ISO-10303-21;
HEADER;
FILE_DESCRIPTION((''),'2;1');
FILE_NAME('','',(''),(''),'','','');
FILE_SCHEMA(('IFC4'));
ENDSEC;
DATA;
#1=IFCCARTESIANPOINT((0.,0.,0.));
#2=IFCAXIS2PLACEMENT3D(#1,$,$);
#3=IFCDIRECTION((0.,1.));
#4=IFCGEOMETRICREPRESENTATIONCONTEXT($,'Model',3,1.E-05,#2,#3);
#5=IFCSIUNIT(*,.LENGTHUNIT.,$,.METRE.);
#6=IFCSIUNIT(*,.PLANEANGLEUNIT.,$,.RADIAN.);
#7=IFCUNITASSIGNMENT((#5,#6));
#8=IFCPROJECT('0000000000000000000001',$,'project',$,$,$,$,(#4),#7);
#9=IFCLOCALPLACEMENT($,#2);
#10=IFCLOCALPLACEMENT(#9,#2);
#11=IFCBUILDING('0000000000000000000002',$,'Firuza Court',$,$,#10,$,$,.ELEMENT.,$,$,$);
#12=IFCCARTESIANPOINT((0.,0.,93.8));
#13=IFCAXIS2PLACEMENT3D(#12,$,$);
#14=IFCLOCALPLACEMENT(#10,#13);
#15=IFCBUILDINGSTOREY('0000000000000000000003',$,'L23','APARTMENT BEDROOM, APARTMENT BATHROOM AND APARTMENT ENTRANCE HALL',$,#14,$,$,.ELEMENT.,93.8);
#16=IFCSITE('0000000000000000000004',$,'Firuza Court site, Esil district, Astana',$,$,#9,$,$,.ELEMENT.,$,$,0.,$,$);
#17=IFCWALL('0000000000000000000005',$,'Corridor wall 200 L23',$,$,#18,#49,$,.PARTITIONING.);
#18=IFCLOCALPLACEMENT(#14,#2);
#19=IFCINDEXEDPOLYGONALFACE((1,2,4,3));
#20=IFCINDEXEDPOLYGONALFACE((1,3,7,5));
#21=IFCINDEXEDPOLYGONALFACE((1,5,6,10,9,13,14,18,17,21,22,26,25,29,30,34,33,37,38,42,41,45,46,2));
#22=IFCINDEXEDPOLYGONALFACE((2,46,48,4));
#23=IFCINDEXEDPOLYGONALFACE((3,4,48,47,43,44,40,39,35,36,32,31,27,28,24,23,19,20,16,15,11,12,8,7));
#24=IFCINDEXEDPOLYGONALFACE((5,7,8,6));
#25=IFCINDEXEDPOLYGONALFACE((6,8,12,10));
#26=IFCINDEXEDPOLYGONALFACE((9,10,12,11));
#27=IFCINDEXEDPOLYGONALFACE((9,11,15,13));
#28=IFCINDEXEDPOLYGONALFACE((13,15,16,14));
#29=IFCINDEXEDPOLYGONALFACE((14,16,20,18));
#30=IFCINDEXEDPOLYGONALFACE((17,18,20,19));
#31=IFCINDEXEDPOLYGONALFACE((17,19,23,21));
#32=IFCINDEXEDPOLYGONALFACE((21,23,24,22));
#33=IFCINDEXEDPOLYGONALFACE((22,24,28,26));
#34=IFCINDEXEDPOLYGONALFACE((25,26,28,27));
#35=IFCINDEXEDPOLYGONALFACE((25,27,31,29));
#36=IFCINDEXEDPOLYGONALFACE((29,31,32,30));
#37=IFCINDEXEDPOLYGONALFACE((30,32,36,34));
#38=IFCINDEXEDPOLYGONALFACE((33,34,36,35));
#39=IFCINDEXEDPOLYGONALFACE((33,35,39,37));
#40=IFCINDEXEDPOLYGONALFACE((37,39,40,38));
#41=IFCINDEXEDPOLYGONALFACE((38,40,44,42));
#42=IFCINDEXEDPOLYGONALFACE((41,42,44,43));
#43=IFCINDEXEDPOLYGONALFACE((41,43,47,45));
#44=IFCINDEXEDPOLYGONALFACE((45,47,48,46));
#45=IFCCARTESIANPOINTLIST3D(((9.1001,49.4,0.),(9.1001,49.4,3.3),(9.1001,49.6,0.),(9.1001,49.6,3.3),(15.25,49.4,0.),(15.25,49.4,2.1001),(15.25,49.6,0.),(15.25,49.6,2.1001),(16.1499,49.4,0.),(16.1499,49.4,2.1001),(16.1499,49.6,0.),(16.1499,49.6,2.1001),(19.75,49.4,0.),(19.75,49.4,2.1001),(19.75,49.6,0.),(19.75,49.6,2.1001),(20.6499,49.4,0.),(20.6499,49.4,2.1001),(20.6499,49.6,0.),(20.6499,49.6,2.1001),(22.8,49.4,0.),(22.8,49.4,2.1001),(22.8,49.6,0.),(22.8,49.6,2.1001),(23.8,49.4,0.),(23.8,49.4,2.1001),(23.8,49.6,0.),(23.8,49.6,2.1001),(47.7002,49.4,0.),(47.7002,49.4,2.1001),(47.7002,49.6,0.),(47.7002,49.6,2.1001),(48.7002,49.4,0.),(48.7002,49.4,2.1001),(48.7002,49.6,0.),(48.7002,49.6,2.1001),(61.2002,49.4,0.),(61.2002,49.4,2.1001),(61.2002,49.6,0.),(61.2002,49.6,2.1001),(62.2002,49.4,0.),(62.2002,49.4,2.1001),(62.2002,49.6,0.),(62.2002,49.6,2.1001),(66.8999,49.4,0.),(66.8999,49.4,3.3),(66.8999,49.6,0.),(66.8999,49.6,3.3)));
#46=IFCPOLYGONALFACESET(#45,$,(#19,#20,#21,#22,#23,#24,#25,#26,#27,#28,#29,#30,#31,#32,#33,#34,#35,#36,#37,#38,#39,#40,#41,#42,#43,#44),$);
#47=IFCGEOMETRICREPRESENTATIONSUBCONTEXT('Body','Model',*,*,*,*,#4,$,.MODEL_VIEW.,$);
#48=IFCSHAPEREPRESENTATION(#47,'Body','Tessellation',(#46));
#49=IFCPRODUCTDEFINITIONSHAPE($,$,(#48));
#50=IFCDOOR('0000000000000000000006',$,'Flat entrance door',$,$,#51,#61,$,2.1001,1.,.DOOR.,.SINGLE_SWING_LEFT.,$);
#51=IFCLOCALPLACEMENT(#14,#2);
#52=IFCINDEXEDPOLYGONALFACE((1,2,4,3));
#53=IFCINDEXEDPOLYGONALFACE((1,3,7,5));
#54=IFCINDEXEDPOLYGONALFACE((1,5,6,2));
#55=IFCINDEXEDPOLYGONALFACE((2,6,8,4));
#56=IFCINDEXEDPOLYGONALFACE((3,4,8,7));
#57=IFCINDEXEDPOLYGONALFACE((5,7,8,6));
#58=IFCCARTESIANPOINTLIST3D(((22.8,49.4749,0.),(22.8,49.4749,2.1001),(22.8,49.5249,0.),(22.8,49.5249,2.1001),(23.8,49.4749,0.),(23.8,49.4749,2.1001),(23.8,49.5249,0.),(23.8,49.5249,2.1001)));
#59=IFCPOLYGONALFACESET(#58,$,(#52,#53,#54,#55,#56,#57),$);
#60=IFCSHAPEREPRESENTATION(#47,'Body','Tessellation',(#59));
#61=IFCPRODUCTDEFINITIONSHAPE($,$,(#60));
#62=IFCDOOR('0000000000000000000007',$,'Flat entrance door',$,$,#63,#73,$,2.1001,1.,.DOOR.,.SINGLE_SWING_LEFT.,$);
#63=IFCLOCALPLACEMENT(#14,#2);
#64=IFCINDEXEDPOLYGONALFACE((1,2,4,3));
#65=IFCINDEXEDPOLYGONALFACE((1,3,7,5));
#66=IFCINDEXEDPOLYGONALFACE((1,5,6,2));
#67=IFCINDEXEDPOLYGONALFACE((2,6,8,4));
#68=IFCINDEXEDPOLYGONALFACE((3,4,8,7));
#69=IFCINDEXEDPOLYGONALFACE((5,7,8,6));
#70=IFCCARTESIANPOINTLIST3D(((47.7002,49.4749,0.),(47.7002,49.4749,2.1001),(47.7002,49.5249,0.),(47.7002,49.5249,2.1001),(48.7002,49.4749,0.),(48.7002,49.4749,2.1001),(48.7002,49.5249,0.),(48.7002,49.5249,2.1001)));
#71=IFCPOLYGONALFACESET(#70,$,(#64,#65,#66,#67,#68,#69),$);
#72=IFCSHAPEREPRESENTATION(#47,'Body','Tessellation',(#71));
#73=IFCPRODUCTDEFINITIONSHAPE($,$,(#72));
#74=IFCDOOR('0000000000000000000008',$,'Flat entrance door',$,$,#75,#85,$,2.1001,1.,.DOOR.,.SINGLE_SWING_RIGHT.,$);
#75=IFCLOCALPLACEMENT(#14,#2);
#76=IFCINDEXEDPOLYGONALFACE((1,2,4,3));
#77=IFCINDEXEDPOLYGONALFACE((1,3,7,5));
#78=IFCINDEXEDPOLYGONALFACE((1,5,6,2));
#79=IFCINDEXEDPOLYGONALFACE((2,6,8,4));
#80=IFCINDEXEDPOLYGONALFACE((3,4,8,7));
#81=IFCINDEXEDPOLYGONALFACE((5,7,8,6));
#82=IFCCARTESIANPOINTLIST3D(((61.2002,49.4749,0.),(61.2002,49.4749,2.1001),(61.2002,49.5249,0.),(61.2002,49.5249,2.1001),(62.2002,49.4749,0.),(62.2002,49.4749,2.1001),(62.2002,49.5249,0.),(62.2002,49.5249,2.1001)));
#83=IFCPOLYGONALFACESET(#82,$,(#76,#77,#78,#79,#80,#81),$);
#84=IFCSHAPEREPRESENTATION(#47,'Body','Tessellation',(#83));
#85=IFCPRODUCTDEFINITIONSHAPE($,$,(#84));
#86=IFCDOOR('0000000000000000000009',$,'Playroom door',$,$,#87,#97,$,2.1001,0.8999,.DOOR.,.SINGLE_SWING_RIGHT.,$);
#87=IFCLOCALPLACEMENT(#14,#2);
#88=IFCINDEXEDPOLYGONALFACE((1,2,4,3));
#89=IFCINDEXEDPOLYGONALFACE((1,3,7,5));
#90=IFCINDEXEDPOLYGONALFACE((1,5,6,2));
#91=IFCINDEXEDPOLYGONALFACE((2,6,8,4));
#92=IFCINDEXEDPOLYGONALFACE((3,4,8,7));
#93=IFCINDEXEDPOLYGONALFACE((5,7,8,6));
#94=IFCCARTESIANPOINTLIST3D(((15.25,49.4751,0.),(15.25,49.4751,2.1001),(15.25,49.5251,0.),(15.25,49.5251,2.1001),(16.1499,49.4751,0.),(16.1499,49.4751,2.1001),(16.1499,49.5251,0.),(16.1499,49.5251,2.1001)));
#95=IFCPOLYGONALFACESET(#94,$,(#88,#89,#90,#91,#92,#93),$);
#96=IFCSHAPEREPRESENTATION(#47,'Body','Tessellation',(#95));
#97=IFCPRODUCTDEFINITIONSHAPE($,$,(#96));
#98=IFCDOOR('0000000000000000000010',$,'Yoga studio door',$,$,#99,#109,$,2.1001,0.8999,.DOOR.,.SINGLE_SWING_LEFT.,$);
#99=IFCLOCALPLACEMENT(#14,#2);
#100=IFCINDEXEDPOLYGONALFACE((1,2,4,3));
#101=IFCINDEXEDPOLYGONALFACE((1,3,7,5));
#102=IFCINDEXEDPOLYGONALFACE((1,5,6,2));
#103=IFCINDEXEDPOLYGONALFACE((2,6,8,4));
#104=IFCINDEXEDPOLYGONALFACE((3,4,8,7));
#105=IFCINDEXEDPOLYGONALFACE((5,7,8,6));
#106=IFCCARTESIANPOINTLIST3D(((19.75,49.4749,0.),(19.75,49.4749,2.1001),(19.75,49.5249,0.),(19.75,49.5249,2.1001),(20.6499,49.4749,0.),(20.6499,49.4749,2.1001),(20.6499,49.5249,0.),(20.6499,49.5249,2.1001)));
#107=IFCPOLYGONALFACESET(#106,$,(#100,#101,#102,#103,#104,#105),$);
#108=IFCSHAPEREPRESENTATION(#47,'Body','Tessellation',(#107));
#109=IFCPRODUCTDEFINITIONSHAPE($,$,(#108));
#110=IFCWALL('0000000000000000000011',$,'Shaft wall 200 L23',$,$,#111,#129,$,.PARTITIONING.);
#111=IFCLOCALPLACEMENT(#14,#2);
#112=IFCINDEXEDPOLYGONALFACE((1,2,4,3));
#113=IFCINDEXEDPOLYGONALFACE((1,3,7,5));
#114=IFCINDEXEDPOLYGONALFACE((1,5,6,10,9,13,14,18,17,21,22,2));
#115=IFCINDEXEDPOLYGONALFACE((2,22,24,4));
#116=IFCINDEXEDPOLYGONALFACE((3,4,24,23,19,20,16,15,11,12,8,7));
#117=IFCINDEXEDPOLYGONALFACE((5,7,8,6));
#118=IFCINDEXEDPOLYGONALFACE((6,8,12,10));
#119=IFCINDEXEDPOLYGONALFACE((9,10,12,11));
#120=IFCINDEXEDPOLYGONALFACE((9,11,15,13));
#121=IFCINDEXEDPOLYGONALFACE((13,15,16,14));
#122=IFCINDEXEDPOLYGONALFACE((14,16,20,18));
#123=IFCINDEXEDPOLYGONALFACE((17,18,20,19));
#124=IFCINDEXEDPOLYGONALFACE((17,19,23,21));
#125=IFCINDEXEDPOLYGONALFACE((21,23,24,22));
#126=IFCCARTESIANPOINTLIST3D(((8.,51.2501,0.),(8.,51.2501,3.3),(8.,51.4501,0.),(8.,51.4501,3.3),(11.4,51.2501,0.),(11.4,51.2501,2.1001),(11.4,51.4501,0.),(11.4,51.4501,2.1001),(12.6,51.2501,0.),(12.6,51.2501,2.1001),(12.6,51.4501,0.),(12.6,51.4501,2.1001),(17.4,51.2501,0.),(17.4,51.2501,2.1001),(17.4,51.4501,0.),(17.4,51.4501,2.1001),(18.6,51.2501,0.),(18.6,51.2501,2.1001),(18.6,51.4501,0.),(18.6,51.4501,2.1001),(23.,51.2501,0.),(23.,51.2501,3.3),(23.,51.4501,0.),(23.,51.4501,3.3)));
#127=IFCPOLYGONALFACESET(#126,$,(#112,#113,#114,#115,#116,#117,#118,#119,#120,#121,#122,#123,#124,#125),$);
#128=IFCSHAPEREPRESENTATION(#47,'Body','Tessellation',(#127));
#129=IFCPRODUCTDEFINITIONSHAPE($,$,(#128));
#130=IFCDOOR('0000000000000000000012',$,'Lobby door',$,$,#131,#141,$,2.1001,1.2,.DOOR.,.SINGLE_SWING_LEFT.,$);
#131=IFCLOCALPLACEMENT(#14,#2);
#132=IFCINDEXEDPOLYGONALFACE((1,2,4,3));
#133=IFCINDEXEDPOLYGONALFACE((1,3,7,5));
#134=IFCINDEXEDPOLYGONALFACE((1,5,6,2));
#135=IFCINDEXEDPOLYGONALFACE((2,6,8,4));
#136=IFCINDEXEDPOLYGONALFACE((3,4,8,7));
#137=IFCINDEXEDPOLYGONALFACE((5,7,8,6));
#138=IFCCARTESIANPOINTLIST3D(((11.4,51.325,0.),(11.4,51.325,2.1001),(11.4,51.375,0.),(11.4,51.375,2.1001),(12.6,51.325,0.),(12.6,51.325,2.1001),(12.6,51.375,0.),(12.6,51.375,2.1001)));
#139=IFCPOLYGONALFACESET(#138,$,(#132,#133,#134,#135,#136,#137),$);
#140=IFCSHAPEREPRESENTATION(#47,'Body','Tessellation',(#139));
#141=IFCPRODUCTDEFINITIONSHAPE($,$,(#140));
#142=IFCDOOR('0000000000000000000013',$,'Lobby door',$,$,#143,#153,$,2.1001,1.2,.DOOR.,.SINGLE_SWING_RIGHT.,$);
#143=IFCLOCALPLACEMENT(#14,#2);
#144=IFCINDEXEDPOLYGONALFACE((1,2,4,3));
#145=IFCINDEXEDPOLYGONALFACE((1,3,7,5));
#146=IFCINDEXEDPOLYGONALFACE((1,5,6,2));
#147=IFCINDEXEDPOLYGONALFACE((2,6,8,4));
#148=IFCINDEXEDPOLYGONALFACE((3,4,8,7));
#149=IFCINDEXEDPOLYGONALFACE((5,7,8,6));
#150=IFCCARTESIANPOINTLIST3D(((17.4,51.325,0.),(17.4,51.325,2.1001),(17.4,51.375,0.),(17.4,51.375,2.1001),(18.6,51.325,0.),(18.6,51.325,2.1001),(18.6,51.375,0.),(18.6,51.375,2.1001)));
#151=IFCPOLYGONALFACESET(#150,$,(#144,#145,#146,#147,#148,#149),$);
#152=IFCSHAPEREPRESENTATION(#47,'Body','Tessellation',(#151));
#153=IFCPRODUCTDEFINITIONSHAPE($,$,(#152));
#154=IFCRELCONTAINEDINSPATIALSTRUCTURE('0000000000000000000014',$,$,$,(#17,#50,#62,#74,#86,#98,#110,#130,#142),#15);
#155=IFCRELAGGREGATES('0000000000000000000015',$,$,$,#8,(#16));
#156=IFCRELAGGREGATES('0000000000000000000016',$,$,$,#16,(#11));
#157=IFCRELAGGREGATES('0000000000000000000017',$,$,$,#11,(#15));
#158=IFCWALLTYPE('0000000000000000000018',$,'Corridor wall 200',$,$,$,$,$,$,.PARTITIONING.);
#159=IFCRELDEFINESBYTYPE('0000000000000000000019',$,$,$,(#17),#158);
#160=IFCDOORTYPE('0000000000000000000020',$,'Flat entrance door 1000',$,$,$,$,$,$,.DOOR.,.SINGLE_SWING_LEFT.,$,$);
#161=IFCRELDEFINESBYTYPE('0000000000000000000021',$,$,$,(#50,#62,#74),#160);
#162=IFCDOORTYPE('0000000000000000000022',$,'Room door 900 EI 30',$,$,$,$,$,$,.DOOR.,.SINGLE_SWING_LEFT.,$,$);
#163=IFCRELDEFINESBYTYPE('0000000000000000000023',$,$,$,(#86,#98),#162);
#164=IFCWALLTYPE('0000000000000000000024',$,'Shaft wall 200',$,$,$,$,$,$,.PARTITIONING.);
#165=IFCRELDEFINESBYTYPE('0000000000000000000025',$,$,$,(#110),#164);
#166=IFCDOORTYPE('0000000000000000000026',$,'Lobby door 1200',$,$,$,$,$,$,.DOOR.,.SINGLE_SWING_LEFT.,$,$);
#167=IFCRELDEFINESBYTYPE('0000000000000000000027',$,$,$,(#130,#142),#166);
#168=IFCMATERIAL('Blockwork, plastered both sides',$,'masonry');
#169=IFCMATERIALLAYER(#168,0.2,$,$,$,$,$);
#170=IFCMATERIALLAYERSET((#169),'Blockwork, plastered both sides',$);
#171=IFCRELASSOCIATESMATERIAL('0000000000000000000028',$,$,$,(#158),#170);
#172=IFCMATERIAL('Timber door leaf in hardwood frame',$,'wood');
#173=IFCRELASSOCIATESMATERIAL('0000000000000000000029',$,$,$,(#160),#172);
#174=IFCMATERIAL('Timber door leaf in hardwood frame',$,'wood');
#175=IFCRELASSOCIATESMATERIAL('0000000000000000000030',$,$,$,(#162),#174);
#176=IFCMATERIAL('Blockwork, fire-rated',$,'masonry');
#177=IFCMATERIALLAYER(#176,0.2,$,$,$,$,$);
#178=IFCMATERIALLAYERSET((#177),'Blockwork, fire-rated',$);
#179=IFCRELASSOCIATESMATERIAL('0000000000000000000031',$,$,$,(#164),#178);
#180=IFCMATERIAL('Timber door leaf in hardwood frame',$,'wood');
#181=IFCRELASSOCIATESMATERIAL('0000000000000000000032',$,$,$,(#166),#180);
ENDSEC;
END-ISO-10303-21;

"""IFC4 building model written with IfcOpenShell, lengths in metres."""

from ifc_helpers import new_model, si_unit, direction, frame, frame_2d, origin, place, context, subcontext, project, spatial, rectangle, extrude, material, layer, layer_set, type_object, element, fill, save


model = new_model("IFC4")

# Units and contexts
model_context = context("Model", 3, precision=1e-05, world=origin(), true_north=direction((0.0, 1.0)))
body_context = subcontext(model_context, "Body", "Model", "MODEL_VIEW")
ifc_project = project(units=[si_unit("LENGTHUNIT", "METRE"), si_unit("PLANEANGLEUNIT", "RADIAN")], contexts=[model_context])

# Site, building, storey
site_placement = place(None, origin())
site = spatial("IfcSite", under=ifc_project, at=site_placement, Name="Firuza Court site, Esil district, Astana", CompositionType="ELEMENT", RefElevation=0.0)
building_placement = place(site_placement, origin())
building = spatial("IfcBuilding", under=site, at=building_placement, Name="Firuza Court", CompositionType="ELEMENT")
storey_placement = place(building_placement, frame((0.0, 0.0, 93.8)))
storey = spatial("IfcBuildingStorey", under=building, at=storey_placement, Name="L23", Description="APARTMENT BEDROOM, APARTMENT BATHROOM AND APARTMENT ENTRANCE HALL", CompositionType="ELEMENT", Elevation=93.8)

# Walls, openings, doors
ifc_material_1 = material(Name="Blockwork, plastered both sides", Category="masonry")
ifc_layer_1 = layer(ifc_material_1, 0.2)
ifc_layer_set_1 = layer_set([ifc_layer_1], Name="Blockwork, plastered both sides")
wall_type_1 = type_object("IfcWallType", Name="Corridor wall 200", PredefinedType="PARTITIONING", material=ifc_layer_set_1)
wall_1_placement = place(storey_placement, frame((9.1001, 49.5, 0.0), z_axis=(0.0, 0.0, 1.0), x_axis=(1.0, 0.0, 0.0)))
wall_1 = element("IfcWall", 1, at=wall_1_placement, inside=storey, type_object=wall_type_1, Name="Corridor wall 200 L23", PredefinedType="PARTITIONING", context=body_context, shape_type="SweptSolid", body=[
    extrude(rectangle(XDim=57.7998, YDim=0.2, at=frame_2d((28.8999, 0.0))), origin(), (0.0, 0.0, 1.0), 3.3),
])
opening_1_placement = place(wall_1_placement, frame((13.7, 0.0, 0.0)))
opening_1 = element("IfcOpeningElement", 2, at=opening_1_placement, cuts=wall_1, PredefinedType="OPENING", context=body_context, shape_type="SweptSolid", body=[
    extrude(rectangle(XDim=1.0, YDim=2.1001, at=frame_2d((0.5, 1.05))), frame((0.0, 0.1118, 0.0), z_axis=(0.0, -1.0, 0.0), x_axis=(1.0, 0.0, 0.0)), (0.0, 0.0, 1.0), 0.2239),
])
opening_2_placement = place(wall_1_placement, frame((38.6001, 0.0, 0.0)))
opening_2 = element("IfcOpeningElement", 3, at=opening_2_placement, cuts=wall_1, PredefinedType="OPENING", context=body_context, shape_type="SweptSolid", body=[
    extrude(rectangle(XDim=1.0, YDim=2.1001, at=frame_2d((0.5, 1.05))), frame((0.0, 0.1118, 0.0), z_axis=(0.0, -1.0, 0.0), x_axis=(1.0, 0.0, 0.0)), (0.0, 0.0, 1.0), 0.2239),
])
opening_3_placement = place(wall_1_placement, frame((52.1001, 0.0, 0.0)))
opening_3 = element("IfcOpeningElement", 4, at=opening_3_placement, cuts=wall_1, PredefinedType="OPENING", context=body_context, shape_type="SweptSolid", body=[
    extrude(rectangle(XDim=1.0, YDim=2.1001, at=frame_2d((0.5, 1.05))), frame((0.0, 0.1118, 0.0), z_axis=(0.0, -1.0, 0.0), x_axis=(1.0, 0.0, 0.0)), (0.0, 0.0, 1.0), 0.2239),
])
opening_4_placement = place(wall_1_placement, frame((6.1499, 0.0, 0.0)))
opening_4 = element("IfcOpeningElement", 5, at=opening_4_placement, cuts=wall_1, PredefinedType="OPENING", context=body_context, shape_type="SweptSolid", body=[
    extrude(rectangle(XDim=0.8999, YDim=2.1001, at=frame_2d((0.45, 1.05))), frame((0.0, 0.1118, 0.0), z_axis=(0.0, -1.0, 0.0), x_axis=(1.0, 0.0, 0.0)), (0.0, 0.0, 1.0), 0.2239),
])
opening_5_placement = place(wall_1_placement, frame((10.6499, 0.0, 0.0)))
opening_5 = element("IfcOpeningElement", 6, at=opening_5_placement, cuts=wall_1, PredefinedType="OPENING", context=body_context, shape_type="SweptSolid", body=[
    extrude(rectangle(XDim=0.8999, YDim=2.1001, at=frame_2d((0.45, 1.05))), frame((0.0, 0.1118, 0.0), z_axis=(0.0, -1.0, 0.0), x_axis=(1.0, 0.0, 0.0)), (0.0, 0.0, 1.0), 0.2239),
])
ifc_material_2 = material(Name="Timber door leaf in hardwood frame", Category="wood")
door_type_1 = type_object("IfcDoorType", Name="Flat entrance door 1000", OperationType="SINGLE_SWING_LEFT", PredefinedType="DOOR", material=ifc_material_2)
door_1_placement = place(opening_1_placement, origin())
door_1 = element("IfcDoor", 7, at=door_1_placement, inside=storey, type_object=door_type_1, Name="Flat entrance door", OperationType="SINGLE_SWING_LEFT", OverallHeight=2.1001, OverallWidth=1.0, PredefinedType="DOOR", context=body_context, shape_type="SweptSolid", body=[
    extrude(rectangle(XDim=1.0, YDim=2.1001, at=frame_2d((0.5, 1.05))), frame((0.0, 0.0249, 0.0), z_axis=(0.0, -1.0, 0.0), x_axis=(1.0, 0.0, 0.0)), (0.0, 0.0, 1.0), 0.05),
])
fill(opening_1, door_1)
door_2_placement = place(opening_2_placement, origin())
door_2 = element("IfcDoor", 8, at=door_2_placement, inside=storey, type_object=door_type_1, Name="Flat entrance door", OperationType="SINGLE_SWING_LEFT", OverallHeight=2.1001, OverallWidth=1.0, PredefinedType="DOOR", context=body_context, shape_type="SweptSolid", body=[
    extrude(rectangle(XDim=1.0, YDim=2.1001, at=frame_2d((0.5, 1.05))), frame((0.0, 0.0249, 0.0), z_axis=(0.0, -1.0, 0.0), x_axis=(1.0, 0.0, 0.0)), (0.0, 0.0, 1.0), 0.05),
])
fill(opening_2, door_2)
door_3_placement = place(opening_3_placement, origin())
door_3 = element("IfcDoor", 9, at=door_3_placement, inside=storey, type_object=door_type_1, Name="Flat entrance door", OperationType="SINGLE_SWING_RIGHT", OverallHeight=2.1001, OverallWidth=1.0, PredefinedType="DOOR", context=body_context, shape_type="SweptSolid", body=[
    extrude(rectangle(XDim=1.0, YDim=2.1001, at=frame_2d((0.5, 1.05))), frame((0.0, 0.0249, 0.0), z_axis=(0.0, -1.0, 0.0), x_axis=(1.0, 0.0, 0.0)), (0.0, 0.0, 1.0), 0.05),
])
fill(opening_3, door_3)
ifc_material_3 = material(Name="Timber door leaf in hardwood frame", Category="wood")
door_type_2 = type_object("IfcDoorType", Name="Room door 900 EI 30", OperationType="SINGLE_SWING_LEFT", PredefinedType="DOOR", material=ifc_material_3)
door_4_placement = place(opening_4_placement, frame((0.8999, 0.0, 0.0), z_axis=(0.0, 0.0, 1.0), x_axis=(-1.0, 0.0, 0.0)))
door_4 = element("IfcDoor", 10, at=door_4_placement, inside=storey, type_object=door_type_2, Name="Playroom door", OperationType="SINGLE_SWING_RIGHT", OverallHeight=2.1001, OverallWidth=0.8999, PredefinedType="DOOR", context=body_context, shape_type="SweptSolid", body=[
    extrude(rectangle(XDim=0.8999, YDim=2.1001, at=frame_2d((0.45, 1.05))), frame((0.0, 0.0249, 0.0), z_axis=(0.0, -1.0, 0.0), x_axis=(1.0, 0.0, 0.0)), (0.0, 0.0, 1.0), 0.05),
])
fill(opening_4, door_4)
door_5_placement = place(opening_5_placement, origin())
door_5 = element("IfcDoor", 11, at=door_5_placement, inside=storey, type_object=door_type_2, Name="Yoga studio door", OperationType="SINGLE_SWING_LEFT", OverallHeight=2.1001, OverallWidth=0.8999, PredefinedType="DOOR", context=body_context, shape_type="SweptSolid", body=[
    extrude(rectangle(XDim=0.8999, YDim=2.1001, at=frame_2d((0.45, 1.05))), frame((0.0, 0.0249, 0.0), z_axis=(0.0, -1.0, 0.0), x_axis=(1.0, 0.0, 0.0)), (0.0, 0.0, 1.0), 0.05),
])
fill(opening_5, door_5)
ifc_material_4 = material(Name="Blockwork, fire-rated", Category="masonry")
ifc_layer_2 = layer(ifc_material_4, 0.2)
ifc_layer_set_2 = layer_set([ifc_layer_2], Name="Blockwork, fire-rated")
wall_type_2 = type_object("IfcWallType", Name="Shaft wall 200", PredefinedType="PARTITIONING", material=ifc_layer_set_2)
wall_2_placement = place(storey_placement, frame((8.0, 51.3501, 0.0), z_axis=(0.0, 0.0, 1.0), x_axis=(1.0, 0.0, 0.0)))
wall_2 = element("IfcWall", 12, at=wall_2_placement, inside=storey, type_object=wall_type_2, Name="Shaft wall 200 L23", PredefinedType="PARTITIONING", context=body_context, shape_type="SweptSolid", body=[
    extrude(rectangle(XDim=15.0, YDim=0.2, at=frame_2d((7.5, 0.0))), origin(), (0.0, 0.0, 1.0), 3.3),
])
opening_6_placement = place(wall_2_placement, frame((3.3999, 0.0, 0.0)))
opening_6 = element("IfcOpeningElement", 13, at=opening_6_placement, cuts=wall_2, PredefinedType="OPENING", context=body_context, shape_type="SweptSolid", body=[
    extrude(rectangle(XDim=1.2, YDim=2.1001, at=frame_2d((0.6001, 1.05))), frame((0.0, 0.1118, 0.0), z_axis=(0.0, -1.0, 0.0), x_axis=(1.0, 0.0, 0.0)), (0.0, 0.0, 1.0), 0.2239),
])
opening_7_placement = place(wall_2_placement, frame((9.3999, 0.0, 0.0)))
opening_7 = element("IfcOpeningElement", 14, at=opening_7_placement, cuts=wall_2, PredefinedType="OPENING", context=body_context, shape_type="SweptSolid", body=[
    extrude(rectangle(XDim=1.2, YDim=2.1001, at=frame_2d((0.6001, 1.05))), frame((0.0, 0.1118, 0.0), z_axis=(0.0, -1.0, 0.0), x_axis=(1.0, 0.0, 0.0)), (0.0, 0.0, 1.0), 0.2239),
])
ifc_material_5 = material(Name="Timber door leaf in hardwood frame", Category="wood")
door_type_3 = type_object("IfcDoorType", Name="Lobby door 1200", OperationType="SINGLE_SWING_LEFT", PredefinedType="DOOR", material=ifc_material_5)
door_6_placement = place(opening_6_placement, origin())
door_6 = element("IfcDoor", 15, at=door_6_placement, inside=storey, type_object=door_type_3, Name="Lobby door", OperationType="SINGLE_SWING_LEFT", OverallHeight=2.1001, OverallWidth=1.2, PredefinedType="DOOR", context=body_context, shape_type="SweptSolid", body=[
    extrude(rectangle(XDim=1.2, YDim=2.1001, at=frame_2d((0.6001, 1.05))), frame((0.0, 0.0249, 0.0), z_axis=(0.0, -1.0, 0.0), x_axis=(1.0, 0.0, 0.0)), (0.0, 0.0, 1.0), 0.05),
])
fill(opening_6, door_6)
door_7_placement = place(opening_7_placement, origin())
door_7 = element("IfcDoor", 16, at=door_7_placement, inside=storey, type_object=door_type_3, Name="Lobby door", OperationType="SINGLE_SWING_RIGHT", OverallHeight=2.1001, OverallWidth=1.2, PredefinedType="DOOR", context=body_context, shape_type="SweptSolid", body=[
    extrude(rectangle(XDim=1.2, YDim=2.1001, at=frame_2d((0.6001, 1.05))), frame((0.0, 0.0249, 0.0), z_axis=(0.0, -1.0, 0.0), x_axis=(1.0, 0.0, 0.0)), (0.0, 0.0, 1.0), 0.05),
])
fill(opening_7, door_7)

save(model, "model.ifc")
